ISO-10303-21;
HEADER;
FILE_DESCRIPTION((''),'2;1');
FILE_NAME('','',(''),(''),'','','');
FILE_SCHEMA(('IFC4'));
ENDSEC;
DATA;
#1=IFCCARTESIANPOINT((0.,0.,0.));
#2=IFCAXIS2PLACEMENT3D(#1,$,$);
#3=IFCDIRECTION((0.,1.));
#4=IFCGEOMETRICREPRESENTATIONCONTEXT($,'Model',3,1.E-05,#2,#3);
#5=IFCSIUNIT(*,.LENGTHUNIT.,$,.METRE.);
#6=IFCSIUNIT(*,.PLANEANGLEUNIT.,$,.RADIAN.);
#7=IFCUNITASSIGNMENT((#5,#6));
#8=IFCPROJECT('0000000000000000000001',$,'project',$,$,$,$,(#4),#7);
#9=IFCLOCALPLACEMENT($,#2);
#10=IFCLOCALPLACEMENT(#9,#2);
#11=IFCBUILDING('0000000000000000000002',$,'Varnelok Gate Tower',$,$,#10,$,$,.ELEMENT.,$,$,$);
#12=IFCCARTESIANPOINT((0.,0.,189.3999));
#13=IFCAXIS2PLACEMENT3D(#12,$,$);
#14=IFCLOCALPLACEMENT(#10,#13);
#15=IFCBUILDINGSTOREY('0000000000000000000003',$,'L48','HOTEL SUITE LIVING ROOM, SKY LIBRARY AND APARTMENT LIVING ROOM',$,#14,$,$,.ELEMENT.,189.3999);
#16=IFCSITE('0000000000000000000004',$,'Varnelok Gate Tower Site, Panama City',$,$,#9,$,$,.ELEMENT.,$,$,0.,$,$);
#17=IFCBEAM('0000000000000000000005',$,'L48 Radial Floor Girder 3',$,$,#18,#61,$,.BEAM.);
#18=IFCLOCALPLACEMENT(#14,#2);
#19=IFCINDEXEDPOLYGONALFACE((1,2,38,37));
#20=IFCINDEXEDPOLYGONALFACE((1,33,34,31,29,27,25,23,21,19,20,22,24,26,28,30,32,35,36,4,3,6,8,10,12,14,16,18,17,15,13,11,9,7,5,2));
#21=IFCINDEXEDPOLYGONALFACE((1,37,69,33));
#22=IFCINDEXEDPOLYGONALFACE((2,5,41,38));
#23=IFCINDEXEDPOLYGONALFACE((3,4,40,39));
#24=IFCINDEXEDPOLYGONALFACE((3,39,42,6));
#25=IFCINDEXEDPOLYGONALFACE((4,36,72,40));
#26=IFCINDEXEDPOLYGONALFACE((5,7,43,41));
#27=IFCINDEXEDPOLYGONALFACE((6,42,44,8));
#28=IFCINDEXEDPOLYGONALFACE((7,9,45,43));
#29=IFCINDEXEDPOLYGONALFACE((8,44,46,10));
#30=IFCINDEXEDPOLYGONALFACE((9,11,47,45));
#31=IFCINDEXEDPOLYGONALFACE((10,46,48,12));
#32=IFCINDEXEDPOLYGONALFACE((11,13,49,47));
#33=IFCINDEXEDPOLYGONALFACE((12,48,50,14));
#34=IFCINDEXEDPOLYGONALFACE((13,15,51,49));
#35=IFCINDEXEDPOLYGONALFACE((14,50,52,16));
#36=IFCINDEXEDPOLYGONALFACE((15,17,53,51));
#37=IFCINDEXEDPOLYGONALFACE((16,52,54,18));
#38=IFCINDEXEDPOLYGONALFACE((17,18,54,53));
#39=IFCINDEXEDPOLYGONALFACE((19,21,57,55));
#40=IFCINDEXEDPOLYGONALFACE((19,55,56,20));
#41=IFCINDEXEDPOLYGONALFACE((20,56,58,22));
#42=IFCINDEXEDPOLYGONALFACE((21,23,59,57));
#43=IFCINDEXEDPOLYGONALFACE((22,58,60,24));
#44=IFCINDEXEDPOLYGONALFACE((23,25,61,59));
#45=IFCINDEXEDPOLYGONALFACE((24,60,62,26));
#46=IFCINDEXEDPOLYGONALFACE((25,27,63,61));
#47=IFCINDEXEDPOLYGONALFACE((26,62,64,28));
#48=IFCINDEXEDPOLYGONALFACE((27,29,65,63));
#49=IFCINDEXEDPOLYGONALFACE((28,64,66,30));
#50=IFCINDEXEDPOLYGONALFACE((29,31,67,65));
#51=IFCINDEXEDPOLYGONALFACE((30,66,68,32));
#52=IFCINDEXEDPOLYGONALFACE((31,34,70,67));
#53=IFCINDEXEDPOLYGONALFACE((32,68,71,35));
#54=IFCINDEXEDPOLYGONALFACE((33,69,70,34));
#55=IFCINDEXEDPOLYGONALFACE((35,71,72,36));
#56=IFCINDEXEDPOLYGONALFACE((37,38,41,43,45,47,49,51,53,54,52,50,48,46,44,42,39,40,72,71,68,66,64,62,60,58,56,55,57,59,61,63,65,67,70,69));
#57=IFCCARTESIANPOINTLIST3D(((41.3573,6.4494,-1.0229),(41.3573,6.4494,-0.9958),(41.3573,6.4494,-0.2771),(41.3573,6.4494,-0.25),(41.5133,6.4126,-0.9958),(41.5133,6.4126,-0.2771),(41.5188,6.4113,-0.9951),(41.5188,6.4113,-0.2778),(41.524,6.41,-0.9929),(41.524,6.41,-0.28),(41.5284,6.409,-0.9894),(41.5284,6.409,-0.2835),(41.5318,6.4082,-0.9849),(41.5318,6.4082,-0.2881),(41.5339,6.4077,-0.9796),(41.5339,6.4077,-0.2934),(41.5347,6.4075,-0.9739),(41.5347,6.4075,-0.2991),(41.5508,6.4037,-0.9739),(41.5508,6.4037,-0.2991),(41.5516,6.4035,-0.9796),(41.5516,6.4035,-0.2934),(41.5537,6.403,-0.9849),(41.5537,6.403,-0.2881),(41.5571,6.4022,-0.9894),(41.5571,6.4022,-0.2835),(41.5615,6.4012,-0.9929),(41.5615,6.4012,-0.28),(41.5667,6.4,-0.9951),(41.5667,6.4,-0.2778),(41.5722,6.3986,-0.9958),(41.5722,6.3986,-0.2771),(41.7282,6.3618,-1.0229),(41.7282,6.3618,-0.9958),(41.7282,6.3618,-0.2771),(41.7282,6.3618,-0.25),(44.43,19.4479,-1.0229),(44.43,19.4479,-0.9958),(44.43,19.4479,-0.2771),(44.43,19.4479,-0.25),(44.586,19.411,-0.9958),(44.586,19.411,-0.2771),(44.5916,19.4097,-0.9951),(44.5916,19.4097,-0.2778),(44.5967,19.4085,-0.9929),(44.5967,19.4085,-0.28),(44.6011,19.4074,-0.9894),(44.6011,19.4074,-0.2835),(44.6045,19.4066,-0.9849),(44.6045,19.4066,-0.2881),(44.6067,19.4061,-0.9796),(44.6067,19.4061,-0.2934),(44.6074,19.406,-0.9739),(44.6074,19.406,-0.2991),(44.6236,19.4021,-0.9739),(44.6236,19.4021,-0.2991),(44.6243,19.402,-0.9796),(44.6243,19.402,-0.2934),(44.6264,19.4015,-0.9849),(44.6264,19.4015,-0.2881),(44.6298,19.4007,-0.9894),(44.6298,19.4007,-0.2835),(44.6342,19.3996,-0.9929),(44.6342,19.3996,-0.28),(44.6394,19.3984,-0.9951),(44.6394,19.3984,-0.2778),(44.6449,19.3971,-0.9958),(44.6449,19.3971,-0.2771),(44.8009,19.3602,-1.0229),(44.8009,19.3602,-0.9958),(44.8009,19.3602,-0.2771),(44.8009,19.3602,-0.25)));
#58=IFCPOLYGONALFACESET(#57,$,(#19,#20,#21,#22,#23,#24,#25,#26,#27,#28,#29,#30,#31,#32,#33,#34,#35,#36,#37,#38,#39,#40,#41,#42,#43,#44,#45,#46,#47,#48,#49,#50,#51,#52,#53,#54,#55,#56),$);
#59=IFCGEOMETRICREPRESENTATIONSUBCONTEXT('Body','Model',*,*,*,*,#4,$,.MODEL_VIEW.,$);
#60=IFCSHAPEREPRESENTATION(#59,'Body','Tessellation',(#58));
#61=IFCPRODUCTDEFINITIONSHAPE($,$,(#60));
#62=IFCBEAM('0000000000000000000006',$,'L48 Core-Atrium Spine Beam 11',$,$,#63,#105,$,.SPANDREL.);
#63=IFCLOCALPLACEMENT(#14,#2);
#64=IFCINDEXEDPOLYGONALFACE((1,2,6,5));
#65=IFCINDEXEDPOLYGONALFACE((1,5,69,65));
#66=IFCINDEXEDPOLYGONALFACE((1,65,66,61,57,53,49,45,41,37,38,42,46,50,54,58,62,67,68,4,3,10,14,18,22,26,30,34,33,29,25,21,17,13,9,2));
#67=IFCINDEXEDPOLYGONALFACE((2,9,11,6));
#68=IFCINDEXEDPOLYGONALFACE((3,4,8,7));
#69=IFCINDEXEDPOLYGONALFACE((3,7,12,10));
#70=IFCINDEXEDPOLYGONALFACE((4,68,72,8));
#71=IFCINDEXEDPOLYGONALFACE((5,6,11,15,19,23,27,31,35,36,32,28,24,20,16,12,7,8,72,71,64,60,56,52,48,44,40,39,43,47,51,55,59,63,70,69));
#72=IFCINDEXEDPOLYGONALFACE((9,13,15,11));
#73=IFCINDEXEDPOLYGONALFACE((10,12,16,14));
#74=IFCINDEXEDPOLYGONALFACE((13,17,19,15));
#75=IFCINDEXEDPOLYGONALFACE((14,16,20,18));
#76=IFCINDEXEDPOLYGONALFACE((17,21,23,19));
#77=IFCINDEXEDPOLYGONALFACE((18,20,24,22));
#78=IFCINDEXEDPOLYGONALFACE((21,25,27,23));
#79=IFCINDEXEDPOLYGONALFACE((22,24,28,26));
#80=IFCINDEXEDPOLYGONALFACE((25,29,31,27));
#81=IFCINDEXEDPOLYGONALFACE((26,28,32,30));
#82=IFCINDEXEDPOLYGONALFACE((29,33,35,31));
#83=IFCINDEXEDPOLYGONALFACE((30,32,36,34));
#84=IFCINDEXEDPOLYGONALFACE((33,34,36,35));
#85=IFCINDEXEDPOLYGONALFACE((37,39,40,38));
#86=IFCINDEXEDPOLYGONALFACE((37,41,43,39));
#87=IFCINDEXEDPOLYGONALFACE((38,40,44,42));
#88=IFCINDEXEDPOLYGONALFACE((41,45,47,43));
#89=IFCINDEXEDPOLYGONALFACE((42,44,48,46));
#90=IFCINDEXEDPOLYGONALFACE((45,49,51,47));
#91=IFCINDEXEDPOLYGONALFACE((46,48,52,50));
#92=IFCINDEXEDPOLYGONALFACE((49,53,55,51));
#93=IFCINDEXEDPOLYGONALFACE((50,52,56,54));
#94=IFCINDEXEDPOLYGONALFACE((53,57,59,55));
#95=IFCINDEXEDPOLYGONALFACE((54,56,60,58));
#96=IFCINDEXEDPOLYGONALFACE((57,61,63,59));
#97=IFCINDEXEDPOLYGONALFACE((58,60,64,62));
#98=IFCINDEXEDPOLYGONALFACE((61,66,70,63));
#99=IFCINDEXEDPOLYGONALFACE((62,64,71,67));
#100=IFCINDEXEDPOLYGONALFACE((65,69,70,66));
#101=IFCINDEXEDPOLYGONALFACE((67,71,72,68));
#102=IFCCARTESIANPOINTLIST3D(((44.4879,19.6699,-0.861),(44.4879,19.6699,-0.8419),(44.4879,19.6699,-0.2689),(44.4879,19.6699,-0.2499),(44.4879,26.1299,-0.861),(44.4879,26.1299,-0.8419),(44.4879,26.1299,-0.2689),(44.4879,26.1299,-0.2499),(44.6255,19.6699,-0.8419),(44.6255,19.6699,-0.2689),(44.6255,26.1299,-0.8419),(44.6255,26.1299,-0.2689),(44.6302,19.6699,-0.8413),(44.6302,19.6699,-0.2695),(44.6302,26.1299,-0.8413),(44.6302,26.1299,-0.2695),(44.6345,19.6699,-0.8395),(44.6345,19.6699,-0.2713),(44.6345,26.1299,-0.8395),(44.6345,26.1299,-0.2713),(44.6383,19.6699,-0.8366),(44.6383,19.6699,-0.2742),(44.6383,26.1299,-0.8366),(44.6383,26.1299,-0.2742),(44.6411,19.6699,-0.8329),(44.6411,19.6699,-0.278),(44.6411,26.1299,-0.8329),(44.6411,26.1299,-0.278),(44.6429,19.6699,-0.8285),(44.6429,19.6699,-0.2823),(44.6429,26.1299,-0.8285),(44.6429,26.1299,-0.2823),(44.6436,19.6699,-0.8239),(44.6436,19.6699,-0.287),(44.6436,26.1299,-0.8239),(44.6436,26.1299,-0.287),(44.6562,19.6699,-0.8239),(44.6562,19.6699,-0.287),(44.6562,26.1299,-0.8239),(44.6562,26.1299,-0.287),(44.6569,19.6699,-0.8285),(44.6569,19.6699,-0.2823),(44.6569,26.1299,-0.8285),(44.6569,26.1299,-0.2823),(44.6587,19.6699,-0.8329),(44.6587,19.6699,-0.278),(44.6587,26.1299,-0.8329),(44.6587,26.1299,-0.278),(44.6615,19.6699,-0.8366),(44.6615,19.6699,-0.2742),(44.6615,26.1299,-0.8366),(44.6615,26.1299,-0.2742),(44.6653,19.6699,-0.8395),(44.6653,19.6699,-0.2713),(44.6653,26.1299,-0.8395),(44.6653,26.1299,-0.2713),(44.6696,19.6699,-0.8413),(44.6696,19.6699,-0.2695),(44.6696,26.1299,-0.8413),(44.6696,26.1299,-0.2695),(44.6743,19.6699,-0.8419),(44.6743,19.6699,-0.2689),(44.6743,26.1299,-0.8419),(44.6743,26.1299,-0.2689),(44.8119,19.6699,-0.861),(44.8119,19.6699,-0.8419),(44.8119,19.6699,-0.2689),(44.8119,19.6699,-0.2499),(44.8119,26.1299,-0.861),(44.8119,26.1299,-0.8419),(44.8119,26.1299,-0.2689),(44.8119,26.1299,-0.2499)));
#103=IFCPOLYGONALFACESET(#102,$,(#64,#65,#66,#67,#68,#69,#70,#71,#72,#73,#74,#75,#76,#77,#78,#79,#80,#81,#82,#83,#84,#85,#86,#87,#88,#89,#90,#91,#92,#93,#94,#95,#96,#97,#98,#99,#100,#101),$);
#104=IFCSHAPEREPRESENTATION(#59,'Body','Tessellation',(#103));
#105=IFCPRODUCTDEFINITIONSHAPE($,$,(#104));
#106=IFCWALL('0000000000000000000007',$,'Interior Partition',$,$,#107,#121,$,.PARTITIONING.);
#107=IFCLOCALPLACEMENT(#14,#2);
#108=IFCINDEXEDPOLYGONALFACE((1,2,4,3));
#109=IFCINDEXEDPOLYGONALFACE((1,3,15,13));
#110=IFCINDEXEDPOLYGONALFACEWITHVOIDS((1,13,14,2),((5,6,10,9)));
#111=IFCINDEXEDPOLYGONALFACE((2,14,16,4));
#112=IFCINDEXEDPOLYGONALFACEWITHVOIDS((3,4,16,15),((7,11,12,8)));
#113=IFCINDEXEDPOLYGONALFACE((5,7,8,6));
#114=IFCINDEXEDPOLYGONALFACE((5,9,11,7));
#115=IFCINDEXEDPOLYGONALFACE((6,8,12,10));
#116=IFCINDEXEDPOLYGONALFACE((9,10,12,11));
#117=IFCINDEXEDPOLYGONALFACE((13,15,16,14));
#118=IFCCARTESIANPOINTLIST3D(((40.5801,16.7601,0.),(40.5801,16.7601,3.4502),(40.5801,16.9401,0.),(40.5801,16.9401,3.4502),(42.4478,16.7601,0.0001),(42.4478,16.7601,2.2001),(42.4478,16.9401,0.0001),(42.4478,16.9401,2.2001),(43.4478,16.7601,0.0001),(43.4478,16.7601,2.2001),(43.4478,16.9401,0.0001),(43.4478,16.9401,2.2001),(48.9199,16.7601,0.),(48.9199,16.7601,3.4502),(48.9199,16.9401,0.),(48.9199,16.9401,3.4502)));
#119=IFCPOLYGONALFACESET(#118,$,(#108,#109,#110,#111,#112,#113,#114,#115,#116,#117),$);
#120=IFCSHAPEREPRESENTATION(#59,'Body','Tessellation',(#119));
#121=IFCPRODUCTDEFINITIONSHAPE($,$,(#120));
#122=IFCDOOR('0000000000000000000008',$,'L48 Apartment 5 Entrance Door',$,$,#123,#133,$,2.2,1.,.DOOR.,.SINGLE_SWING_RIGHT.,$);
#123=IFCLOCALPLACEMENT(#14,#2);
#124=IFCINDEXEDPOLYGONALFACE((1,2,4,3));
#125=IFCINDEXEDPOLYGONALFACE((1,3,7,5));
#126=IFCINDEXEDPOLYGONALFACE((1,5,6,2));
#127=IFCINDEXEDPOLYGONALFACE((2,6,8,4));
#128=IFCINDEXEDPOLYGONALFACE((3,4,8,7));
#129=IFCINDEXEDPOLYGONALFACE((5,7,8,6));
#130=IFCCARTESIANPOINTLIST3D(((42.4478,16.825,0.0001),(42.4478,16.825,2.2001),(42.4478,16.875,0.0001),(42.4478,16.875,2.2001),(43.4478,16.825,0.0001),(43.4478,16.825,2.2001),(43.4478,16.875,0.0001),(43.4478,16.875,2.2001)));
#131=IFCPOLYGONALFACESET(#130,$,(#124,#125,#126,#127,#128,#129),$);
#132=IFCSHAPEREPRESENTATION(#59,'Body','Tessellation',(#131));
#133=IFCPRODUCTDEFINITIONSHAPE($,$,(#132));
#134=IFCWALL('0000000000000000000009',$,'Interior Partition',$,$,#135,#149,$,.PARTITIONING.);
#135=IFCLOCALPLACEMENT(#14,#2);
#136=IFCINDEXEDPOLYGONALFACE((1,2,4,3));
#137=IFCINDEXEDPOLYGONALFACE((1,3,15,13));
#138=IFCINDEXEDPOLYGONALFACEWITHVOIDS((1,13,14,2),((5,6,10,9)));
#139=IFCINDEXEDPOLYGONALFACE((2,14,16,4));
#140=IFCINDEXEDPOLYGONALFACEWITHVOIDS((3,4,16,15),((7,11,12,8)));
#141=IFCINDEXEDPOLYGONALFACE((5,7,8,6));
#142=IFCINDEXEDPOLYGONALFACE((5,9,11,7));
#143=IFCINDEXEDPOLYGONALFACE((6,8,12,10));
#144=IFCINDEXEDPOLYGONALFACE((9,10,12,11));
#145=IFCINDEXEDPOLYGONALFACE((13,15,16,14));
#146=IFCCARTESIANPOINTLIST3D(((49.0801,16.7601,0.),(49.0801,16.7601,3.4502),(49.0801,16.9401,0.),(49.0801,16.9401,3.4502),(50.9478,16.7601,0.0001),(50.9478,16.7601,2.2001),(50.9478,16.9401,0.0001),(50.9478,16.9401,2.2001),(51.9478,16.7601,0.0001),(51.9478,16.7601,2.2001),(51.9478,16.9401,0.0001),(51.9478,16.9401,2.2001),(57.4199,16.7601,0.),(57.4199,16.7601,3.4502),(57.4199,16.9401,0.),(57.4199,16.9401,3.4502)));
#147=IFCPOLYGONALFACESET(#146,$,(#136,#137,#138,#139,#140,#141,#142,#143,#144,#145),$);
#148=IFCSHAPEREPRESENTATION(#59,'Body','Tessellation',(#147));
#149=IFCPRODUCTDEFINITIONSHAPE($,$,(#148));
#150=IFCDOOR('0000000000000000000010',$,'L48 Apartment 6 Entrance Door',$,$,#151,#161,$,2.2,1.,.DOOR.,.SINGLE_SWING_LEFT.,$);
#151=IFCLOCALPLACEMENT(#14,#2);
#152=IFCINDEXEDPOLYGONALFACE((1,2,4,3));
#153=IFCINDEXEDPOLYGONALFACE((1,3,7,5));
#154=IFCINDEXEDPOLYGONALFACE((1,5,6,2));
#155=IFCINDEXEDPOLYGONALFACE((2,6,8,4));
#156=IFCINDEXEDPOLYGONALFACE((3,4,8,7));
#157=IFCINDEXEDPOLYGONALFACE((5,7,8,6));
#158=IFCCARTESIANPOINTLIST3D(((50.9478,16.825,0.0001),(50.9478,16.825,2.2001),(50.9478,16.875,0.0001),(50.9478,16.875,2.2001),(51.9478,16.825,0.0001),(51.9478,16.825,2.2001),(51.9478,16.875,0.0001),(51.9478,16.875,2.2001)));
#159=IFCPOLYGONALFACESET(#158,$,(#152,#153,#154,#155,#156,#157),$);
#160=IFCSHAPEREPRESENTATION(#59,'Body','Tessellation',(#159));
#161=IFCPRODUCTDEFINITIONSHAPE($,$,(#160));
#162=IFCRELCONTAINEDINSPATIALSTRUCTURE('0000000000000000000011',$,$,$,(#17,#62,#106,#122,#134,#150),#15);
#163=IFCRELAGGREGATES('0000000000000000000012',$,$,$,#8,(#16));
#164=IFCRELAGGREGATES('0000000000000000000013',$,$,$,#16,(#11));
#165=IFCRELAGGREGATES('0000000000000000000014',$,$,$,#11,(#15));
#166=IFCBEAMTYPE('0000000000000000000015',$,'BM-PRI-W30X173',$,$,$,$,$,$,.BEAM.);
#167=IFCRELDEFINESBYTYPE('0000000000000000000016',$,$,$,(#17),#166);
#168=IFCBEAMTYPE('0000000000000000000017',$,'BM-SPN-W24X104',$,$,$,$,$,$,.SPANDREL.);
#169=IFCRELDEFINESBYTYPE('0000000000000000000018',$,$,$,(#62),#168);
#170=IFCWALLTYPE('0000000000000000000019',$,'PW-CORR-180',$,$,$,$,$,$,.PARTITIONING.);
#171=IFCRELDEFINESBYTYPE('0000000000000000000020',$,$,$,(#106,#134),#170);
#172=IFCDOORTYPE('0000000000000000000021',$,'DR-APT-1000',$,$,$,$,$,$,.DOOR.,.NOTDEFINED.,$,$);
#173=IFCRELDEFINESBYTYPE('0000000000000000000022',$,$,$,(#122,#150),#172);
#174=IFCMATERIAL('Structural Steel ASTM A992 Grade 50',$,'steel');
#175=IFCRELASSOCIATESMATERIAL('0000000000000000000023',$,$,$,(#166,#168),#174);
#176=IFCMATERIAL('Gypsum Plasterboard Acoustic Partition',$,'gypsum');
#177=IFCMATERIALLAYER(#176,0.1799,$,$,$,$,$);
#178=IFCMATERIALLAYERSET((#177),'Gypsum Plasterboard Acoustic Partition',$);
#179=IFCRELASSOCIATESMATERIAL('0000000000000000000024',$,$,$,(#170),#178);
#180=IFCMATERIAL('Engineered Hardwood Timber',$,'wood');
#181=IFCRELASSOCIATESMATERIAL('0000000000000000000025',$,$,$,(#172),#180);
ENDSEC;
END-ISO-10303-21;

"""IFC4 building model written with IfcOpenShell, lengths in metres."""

from ifc_helpers import new_model, si_unit, direction, frame, frame_2d, origin, origin_2d, place, context, subcontext, project, spatial, rectangle, i_section, extrude, material, layer, layer_set, material_profile, profile_set, type_object, element, fill, save


model = new_model("IFC4")

# Units and contexts
model_context = context("Model", 3, precision=1e-05, world=origin(), true_north=direction((0.0, 1.0)))
body_context = subcontext(model_context, "Body", "Model", "MODEL_VIEW")
ifc_project = project(units=[si_unit("LENGTHUNIT", "METRE"), si_unit("PLANEANGLEUNIT", "RADIAN")], contexts=[model_context])

# Site, building, storey
site_placement = place(None, origin())
site = spatial("IfcSite", under=ifc_project, at=site_placement, Name="Varnelok Gate Tower Site, Panama City", CompositionType="ELEMENT", RefElevation=0.0)
building_placement = place(site_placement, origin())
building = spatial("IfcBuilding", under=site, at=building_placement, Name="Varnelok Gate Tower", CompositionType="ELEMENT")
storey_placement = place(building_placement, frame((0.0, 0.0, 189.3999)))
storey = spatial("IfcBuildingStorey", under=building, at=storey_placement, Name="L48", Description="HOTEL SUITE LIVING ROOM, SKY LIBRARY AND APARTMENT LIVING ROOM", CompositionType="ELEMENT", Elevation=189.3999)

# Shared definitions
ifc_material_1 = material(Name="Structural Steel ASTM A992 Grade 50", Category="steel")

# Beams
ifc_material_profile_1 = material_profile(ifc_material_1, i_section(OverallWidth=0.3811, OverallDepth=0.7729, WebThickness=0.0166, FlangeThickness=0.0271, FilletRadius=0.022, at=origin_2d()), Name="W30X173")
ifc_profile_set_1 = profile_set([ifc_material_profile_1], Name="Structural Steel ASTM A992 Grade 50")
beam_type_1 = type_object("IfcBeamType", Name="BM-PRI-W30X173", PredefinedType="BEAM", material=ifc_profile_set_1)
beam_1_placement = place(storey_placement, frame((44.6155, 19.4041, -0.6365), z_axis=(-0.230052, -0.973178, 0.0), x_axis=(0.973178, -0.230052, 0.0)))
element("IfcBeam", 1, at=beam_1_placement, inside=storey, type_object=beam_type_1, Name="L48 Radial Floor Girder 3", PredefinedType="BEAM", context=body_context, shape_type="SweptSolid", body=[
    extrude(i_section(OverallWidth=0.3811, OverallDepth=0.7729, WebThickness=0.0166, FlangeThickness=0.0271, FilletRadius=0.022, at=origin_2d()), origin(), (0.0, 0.0, 1.0), 13.3567),
])
ifc_material_profile_2 = material_profile(ifc_material_1, i_section(OverallWidth=0.324, OverallDepth=0.6111, WebThickness=0.0127, FlangeThickness=0.019, FilletRadius=0.0181, at=origin_2d()), Name="W24X104")
ifc_profile_set_2 = profile_set([ifc_material_profile_2], Name="Structural Steel ASTM A992 Grade 50")
beam_type_2 = type_object("IfcBeamType", Name="BM-SPN-W24X104", PredefinedType="SPANDREL", material=ifc_profile_set_2)
beam_2_placement = place(storey_placement, frame((44.6499, 19.6699, -0.5554), z_axis=(0.0, 1.0, 0.0), x_axis=(-1.0, 0.0, 0.0)))
element("IfcBeam", 2, at=beam_2_placement, inside=storey, type_object=beam_type_2, Name="L48 Core-Atrium Spine Beam 11", PredefinedType="SPANDREL", context=body_context, shape_type="SweptSolid", body=[
    extrude(i_section(OverallWidth=0.324, OverallDepth=0.6111, WebThickness=0.0127, FlangeThickness=0.019, FilletRadius=0.0181, at=origin_2d()), origin(), (0.0, 0.0, 1.0), 6.46),
])

# Walls, openings, doors
ifc_material_2 = material(Name="Gypsum Plasterboard Acoustic Partition", Category="gypsum")
ifc_layer_1 = layer(ifc_material_2, 0.1799)
ifc_layer_set_1 = layer_set([ifc_layer_1], Name="Gypsum Plasterboard Acoustic Partition")
wall_type_1 = type_object("IfcWallType", Name="PW-CORR-180", PredefinedType="PARTITIONING", material=ifc_layer_set_1)
wall_1_placement = place(storey_placement, frame((40.5801, 16.8501, 0.0), z_axis=(0.0, 0.0, 1.0), x_axis=(1.0, 0.0, 0.0)))
wall_1 = element("IfcWall", 3, at=wall_1_placement, inside=storey, type_object=wall_type_1, Name="Interior Partition", PredefinedType="PARTITIONING", context=body_context, shape_type="SweptSolid", body=[
    extrude(rectangle(XDim=8.3398, YDim=0.1799, at=frame_2d((4.1699, 0.0))), origin(), (0.0, 0.0, 1.0), 3.4502),
])
opening_1_placement = place(wall_1_placement, frame((1.8677, 0.0, 0.0)))
opening_1 = element("IfcOpeningElement", 4, at=opening_1_placement, cuts=wall_1, PredefinedType="OPENING", context=body_context, shape_type="SweptSolid", body=[
    extrude(rectangle(XDim=1.0, YDim=2.2, at=frame_2d((0.5, 1.1001))), frame((0.0, 0.0999, 0.0), z_axis=(0.0, -1.0, 0.0), x_axis=(1.0, 0.0, 0.0)), (0.0, 0.0, 1.0), 0.2),
])
ifc_material_3 = material(Name="Engineered Hardwood Timber", Category="wood")
door_type_1 = type_object("IfcDoorType", Name="DR-APT-1000", OperationType="NOTDEFINED", PredefinedType="DOOR", material=ifc_material_3)
door_1_placement = place(opening_1_placement, origin())
door_1 = element("IfcDoor", 5, at=door_1_placement, inside=storey, type_object=door_type_1, Name="L48 Apartment 5 Entrance Door", OperationType="SINGLE_SWING_RIGHT", OverallHeight=2.2, OverallWidth=1.0, PredefinedType="DOOR", context=body_context, shape_type="SweptSolid", body=[
    extrude(rectangle(XDim=1.0, YDim=2.2, at=frame_2d((0.5, 1.1001))), frame((0.0, 0.0249, 0.0), z_axis=(0.0, -1.0, 0.0), x_axis=(1.0, 0.0, 0.0)), (0.0, 0.0, 1.0), 0.05),
])
fill(opening_1, door_1)
wall_2_placement = place(storey_placement, frame((49.0801, 16.8501, 0.0), z_axis=(0.0, 0.0, 1.0), x_axis=(1.0, 0.0, 0.0)))
wall_2 = element("IfcWall", 6, at=wall_2_placement, inside=storey, type_object=wall_type_1, Name="Interior Partition", PredefinedType="PARTITIONING", context=body_context, shape_type="SweptSolid", body=[
    extrude(rectangle(XDim=8.3398, YDim=0.1799, at=frame_2d((4.1699, 0.0))), origin(), (0.0, 0.0, 1.0), 3.4502),
])
opening_2_placement = place(wall_2_placement, frame((1.8677, 0.0, 0.0)))
opening_2 = element("IfcOpeningElement", 7, at=opening_2_placement, cuts=wall_2, PredefinedType="OPENING", context=body_context, shape_type="SweptSolid", body=[
    extrude(rectangle(XDim=1.0, YDim=2.2, at=frame_2d((0.5, 1.1001))), frame((0.0, 0.0999, 0.0), z_axis=(0.0, -1.0, 0.0), x_axis=(1.0, 0.0, 0.0)), (0.0, 0.0, 1.0), 0.2),
])
door_2_placement = place(opening_2_placement, origin())
door_2 = element("IfcDoor", 8, at=door_2_placement, inside=storey, type_object=door_type_1, Name="L48 Apartment 6 Entrance Door", OperationType="SINGLE_SWING_LEFT", OverallHeight=2.2, OverallWidth=1.0, PredefinedType="DOOR", context=body_context, shape_type="SweptSolid", body=[
    extrude(rectangle(XDim=1.0, YDim=2.2, at=frame_2d((0.5, 1.1001))), frame((0.0, 0.0249, 0.0), z_axis=(0.0, -1.0, 0.0), x_axis=(1.0, 0.0, 0.0)), (0.0, 0.0, 1.0), 0.05),
])
fill(opening_2, door_2)

save(model, "model.ifc")
